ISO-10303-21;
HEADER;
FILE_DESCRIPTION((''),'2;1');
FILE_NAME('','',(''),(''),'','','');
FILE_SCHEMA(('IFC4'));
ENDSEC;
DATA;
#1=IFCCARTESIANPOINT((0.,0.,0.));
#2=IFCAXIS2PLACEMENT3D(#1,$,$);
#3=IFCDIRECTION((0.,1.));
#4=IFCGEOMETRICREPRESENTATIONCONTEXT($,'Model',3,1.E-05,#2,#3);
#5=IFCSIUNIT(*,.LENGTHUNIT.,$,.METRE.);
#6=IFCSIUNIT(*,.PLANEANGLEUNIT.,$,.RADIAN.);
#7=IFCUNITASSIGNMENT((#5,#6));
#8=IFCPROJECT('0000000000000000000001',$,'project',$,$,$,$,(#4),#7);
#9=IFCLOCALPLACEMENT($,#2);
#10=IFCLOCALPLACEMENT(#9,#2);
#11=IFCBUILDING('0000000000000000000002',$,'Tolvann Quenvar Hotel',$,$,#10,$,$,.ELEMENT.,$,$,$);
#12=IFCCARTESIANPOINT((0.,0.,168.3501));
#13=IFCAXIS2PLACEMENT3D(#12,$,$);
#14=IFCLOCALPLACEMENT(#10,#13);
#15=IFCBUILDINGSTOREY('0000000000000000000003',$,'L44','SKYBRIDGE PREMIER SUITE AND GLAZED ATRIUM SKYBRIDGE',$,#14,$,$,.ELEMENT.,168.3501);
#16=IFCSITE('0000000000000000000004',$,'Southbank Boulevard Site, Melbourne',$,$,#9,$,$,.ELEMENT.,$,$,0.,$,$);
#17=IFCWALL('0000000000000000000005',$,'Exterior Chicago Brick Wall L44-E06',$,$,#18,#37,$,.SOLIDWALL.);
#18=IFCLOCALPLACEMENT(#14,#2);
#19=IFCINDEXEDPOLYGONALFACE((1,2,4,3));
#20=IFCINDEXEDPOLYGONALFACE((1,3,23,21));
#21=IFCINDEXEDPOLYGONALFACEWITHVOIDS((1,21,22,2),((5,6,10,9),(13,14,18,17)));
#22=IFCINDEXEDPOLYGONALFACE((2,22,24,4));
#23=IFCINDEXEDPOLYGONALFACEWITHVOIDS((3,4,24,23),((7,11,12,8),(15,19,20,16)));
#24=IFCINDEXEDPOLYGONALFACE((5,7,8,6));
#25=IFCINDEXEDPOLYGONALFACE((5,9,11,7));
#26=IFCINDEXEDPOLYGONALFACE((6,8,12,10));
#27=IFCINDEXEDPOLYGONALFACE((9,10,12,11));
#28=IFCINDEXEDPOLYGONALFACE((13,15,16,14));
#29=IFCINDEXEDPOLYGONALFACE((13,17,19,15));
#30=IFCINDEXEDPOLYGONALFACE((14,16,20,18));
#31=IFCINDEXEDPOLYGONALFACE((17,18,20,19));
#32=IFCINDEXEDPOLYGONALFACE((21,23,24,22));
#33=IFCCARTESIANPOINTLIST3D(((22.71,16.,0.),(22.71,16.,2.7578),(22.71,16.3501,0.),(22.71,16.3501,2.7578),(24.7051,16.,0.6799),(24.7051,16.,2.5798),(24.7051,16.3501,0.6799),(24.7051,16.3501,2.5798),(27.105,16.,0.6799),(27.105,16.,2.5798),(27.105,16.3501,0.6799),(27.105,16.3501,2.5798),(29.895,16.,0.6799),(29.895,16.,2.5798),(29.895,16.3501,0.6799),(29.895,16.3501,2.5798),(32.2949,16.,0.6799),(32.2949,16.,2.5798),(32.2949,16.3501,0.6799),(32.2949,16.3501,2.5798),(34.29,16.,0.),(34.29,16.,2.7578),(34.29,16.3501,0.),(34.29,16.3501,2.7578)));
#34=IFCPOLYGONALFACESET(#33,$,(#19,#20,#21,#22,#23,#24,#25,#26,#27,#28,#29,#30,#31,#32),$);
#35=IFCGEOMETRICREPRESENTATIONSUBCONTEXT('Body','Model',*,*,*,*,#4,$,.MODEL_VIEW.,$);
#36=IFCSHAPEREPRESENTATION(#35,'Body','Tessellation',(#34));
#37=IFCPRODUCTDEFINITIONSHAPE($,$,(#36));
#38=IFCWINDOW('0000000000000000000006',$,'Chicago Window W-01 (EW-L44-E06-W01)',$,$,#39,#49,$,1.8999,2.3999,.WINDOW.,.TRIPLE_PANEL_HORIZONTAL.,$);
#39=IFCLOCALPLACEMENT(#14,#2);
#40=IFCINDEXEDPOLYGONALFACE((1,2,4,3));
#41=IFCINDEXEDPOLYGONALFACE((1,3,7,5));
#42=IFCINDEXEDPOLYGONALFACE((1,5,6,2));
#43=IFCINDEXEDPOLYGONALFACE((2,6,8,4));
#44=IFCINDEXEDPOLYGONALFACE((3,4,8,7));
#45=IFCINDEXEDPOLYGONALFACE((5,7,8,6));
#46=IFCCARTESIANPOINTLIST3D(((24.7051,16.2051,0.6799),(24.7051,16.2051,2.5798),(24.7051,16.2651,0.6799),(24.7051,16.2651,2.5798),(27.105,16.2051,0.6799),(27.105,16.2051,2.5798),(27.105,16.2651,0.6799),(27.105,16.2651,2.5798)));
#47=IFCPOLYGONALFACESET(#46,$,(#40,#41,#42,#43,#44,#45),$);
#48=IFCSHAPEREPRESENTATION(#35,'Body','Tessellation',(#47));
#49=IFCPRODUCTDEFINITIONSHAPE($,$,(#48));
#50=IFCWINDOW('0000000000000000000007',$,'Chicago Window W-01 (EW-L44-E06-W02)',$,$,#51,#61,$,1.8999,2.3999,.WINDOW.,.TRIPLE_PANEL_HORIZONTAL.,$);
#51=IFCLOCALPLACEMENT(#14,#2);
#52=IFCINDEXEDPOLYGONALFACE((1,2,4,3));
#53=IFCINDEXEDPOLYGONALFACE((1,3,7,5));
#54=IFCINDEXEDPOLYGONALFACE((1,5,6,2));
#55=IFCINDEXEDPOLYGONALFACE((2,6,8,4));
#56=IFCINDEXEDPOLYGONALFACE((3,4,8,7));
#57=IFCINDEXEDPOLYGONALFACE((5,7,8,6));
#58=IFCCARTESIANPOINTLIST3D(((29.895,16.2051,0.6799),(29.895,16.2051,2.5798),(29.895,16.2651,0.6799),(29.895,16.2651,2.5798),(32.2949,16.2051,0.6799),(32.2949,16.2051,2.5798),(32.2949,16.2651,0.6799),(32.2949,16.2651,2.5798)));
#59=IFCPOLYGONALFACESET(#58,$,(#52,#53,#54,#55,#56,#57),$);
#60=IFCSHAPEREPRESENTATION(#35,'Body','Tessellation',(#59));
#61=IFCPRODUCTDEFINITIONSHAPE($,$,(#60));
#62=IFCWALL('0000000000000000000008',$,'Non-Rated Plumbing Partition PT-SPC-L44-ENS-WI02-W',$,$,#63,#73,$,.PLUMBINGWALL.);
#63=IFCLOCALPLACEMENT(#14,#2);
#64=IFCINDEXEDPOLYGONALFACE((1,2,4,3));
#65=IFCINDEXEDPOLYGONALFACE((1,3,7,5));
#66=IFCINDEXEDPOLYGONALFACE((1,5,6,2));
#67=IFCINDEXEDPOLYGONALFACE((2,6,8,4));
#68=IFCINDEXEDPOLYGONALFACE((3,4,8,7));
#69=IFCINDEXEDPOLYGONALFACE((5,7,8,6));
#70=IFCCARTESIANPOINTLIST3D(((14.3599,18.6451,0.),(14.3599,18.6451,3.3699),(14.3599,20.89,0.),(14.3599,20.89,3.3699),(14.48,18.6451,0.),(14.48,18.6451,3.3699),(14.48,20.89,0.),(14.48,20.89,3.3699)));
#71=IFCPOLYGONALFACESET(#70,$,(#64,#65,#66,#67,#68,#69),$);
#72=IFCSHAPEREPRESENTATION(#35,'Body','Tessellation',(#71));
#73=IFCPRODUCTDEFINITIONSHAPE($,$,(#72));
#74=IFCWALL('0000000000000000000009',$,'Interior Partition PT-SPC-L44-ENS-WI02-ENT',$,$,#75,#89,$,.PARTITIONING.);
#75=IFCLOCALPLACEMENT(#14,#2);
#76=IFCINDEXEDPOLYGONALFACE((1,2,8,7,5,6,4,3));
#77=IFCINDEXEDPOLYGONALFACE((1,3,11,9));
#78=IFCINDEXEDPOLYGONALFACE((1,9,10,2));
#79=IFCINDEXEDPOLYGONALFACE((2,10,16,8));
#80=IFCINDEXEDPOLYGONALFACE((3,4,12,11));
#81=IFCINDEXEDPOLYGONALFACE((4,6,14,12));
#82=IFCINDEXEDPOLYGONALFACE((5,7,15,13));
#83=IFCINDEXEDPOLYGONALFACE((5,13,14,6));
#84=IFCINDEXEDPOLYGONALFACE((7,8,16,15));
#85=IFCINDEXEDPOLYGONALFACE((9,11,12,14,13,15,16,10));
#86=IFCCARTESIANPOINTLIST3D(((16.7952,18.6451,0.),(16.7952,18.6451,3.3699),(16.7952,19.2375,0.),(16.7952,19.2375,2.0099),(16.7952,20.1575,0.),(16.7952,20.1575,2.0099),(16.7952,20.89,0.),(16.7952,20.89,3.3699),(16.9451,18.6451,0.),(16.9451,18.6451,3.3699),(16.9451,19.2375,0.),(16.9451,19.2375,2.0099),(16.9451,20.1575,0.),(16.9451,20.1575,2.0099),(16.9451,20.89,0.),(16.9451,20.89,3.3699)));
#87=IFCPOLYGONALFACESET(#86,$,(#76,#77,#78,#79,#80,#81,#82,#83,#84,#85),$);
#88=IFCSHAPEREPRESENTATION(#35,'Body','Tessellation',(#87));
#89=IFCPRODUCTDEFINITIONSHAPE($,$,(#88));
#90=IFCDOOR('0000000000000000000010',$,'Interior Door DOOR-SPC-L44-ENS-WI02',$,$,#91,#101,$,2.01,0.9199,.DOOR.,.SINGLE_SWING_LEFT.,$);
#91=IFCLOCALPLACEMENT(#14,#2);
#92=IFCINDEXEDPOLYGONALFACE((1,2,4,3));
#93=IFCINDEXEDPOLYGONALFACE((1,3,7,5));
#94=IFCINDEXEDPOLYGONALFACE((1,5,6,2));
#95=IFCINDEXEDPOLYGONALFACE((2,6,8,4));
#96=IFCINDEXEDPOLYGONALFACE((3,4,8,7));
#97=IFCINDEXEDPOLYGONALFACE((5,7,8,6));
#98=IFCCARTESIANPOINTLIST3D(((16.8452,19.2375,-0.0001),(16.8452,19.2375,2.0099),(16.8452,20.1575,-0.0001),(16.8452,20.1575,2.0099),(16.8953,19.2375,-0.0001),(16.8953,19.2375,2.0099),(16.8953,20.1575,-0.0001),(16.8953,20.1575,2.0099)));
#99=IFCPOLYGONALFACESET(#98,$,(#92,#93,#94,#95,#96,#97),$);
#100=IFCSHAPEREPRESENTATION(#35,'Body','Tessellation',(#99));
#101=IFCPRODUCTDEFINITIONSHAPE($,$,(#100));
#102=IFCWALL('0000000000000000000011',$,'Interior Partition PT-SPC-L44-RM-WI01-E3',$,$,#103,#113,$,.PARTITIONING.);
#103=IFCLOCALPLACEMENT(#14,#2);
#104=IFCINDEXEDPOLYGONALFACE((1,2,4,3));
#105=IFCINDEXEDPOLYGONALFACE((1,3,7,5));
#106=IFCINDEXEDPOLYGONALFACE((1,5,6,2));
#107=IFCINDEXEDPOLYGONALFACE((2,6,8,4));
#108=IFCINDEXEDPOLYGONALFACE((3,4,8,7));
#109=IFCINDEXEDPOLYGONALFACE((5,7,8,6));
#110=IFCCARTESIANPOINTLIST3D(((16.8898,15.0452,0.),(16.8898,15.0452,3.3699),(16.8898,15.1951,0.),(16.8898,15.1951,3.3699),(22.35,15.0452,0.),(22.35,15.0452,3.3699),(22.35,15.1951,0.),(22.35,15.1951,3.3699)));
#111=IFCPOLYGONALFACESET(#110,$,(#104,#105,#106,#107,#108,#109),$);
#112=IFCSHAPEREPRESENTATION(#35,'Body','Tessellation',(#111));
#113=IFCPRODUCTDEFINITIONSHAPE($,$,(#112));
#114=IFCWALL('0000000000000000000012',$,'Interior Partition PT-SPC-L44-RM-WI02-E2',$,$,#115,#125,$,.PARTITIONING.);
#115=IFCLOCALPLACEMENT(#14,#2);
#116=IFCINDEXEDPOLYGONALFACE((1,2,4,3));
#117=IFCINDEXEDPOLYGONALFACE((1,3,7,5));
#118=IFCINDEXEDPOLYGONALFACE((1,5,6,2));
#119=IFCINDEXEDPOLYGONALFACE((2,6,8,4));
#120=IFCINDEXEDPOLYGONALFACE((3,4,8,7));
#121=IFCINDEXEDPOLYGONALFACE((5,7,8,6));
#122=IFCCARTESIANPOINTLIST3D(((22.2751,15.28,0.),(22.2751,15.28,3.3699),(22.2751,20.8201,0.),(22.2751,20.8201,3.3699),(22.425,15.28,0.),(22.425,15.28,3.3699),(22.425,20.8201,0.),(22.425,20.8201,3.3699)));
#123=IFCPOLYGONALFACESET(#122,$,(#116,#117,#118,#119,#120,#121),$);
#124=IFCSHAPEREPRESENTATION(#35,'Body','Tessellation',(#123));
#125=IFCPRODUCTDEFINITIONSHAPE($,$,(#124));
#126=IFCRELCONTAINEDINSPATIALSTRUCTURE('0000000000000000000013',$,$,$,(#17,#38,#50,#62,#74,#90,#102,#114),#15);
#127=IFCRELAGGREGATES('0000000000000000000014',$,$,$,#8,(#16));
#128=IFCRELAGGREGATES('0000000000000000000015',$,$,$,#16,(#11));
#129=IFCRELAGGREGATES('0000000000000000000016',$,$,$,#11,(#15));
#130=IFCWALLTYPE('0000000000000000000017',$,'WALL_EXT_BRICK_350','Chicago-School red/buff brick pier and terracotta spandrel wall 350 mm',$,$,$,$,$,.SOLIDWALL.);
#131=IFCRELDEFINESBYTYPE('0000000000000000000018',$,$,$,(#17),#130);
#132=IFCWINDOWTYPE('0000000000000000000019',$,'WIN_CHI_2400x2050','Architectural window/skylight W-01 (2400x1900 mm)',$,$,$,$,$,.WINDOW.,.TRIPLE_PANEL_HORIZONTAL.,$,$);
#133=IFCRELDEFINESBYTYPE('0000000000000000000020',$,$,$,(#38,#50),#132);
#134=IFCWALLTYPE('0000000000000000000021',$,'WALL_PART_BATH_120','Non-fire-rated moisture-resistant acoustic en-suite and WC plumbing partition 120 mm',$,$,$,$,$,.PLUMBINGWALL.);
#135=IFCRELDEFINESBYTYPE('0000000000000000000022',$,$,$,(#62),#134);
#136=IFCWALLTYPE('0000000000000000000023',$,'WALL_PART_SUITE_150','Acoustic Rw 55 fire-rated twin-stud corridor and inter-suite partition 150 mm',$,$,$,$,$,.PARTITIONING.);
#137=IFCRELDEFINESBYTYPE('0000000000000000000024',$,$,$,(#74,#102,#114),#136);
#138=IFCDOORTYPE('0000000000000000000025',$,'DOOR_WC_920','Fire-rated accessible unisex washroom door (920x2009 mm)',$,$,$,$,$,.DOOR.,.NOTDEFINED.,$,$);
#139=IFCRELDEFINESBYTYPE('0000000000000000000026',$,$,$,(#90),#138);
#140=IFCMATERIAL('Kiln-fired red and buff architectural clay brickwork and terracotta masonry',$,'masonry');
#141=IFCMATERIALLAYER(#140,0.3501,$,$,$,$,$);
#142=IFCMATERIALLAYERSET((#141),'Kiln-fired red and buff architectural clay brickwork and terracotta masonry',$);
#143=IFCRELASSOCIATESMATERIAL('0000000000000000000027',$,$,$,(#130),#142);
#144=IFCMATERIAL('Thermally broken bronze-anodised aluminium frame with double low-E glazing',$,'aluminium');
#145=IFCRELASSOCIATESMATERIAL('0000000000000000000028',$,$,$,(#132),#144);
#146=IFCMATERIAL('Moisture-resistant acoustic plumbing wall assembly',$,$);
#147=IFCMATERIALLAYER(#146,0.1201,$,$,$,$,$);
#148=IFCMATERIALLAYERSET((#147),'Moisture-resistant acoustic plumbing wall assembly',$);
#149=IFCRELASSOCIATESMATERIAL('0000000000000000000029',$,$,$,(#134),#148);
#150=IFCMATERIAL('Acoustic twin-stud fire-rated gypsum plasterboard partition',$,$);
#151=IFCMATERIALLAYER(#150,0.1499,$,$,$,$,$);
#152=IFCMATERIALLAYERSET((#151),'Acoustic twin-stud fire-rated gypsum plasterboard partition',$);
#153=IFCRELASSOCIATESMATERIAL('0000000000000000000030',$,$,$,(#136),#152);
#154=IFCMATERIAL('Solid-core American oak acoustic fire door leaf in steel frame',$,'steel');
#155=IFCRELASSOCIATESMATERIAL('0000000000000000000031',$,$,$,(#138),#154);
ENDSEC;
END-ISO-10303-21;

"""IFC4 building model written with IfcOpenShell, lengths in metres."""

from ifc_helpers import new_model, si_unit, direction, frame, frame_2d, origin, place, context, subcontext, project, spatial, rectangle, extrude, source, transform, mapped, material, layer, layer_set, type_object, type_shapes, element, fill, save


model = new_model("IFC4")

# Units and contexts
model_context = context("Model", 3, precision=1e-05, world=origin(), true_north=direction((0.0, 1.0)))
body_context = subcontext(model_context, "Body", "Model", "MODEL_VIEW")
ifc_project = project(units=[si_unit("LENGTHUNIT", "METRE"), si_unit("PLANEANGLEUNIT", "RADIAN")], contexts=[model_context])

# Site, building, storey
site_placement = place(None, origin())
site = spatial("IfcSite", under=ifc_project, at=site_placement, Name="Southbank Boulevard Site, Melbourne", CompositionType="ELEMENT", RefElevation=0.0)
building_placement = place(site_placement, origin())
building = spatial("IfcBuilding", under=site, at=building_placement, Name="Tolvann Quenvar Hotel", CompositionType="ELEMENT")
storey_placement = place(building_placement, frame((0.0, 0.0, 168.3501)))
storey = spatial("IfcBuildingStorey", under=building, at=storey_placement, Name="L44", Description="SKYBRIDGE PREMIER SUITE AND GLAZED ATRIUM SKYBRIDGE", CompositionType="ELEMENT", Elevation=168.3501)

# Wall, openings, windows
ifc_material_1 = material(Name="Kiln-fired red and buff architectural clay brickwork and terracotta masonry", Category="masonry")
ifc_layer_1 = layer(ifc_material_1, 0.3501)
ifc_layer_set_1 = layer_set([ifc_layer_1], Name="Kiln-fired red and buff architectural clay brickwork and terracotta masonry")
wall_type_1 = type_object("IfcWallType", Name="WALL_EXT_BRICK_350", Description="Chicago-School red/buff brick pier and terracotta spandrel wall 350 mm", PredefinedType="SOLIDWALL", material=ifc_layer_set_1)
wall_1_placement = place(storey_placement, frame((22.71, 16.175, 0.0), z_axis=(0.0, 0.0, 1.0), x_axis=(1.0, 0.0, 0.0)))
wall_1 = element("IfcWall", 1, at=wall_1_placement, inside=storey, type_object=wall_type_1, Name="Exterior Chicago Brick Wall L44-E06", PredefinedType="SOLIDWALL", context=body_context, shape_type="SweptSolid", body=[
    extrude(rectangle(XDim=11.5801, YDim=0.3501, at=frame_2d((5.79, 0.0))), origin(), (0.0, 0.0, 1.0), 2.7578),
])
opening_1_placement = place(wall_1_placement, frame((1.9951, 0.0, 0.6799)))
opening_1 = element("IfcOpeningElement", 2, at=opening_1_placement, cuts=wall_1, PredefinedType="OPENING", context=body_context, shape_type="SweptSolid", body=[
    extrude(rectangle(XDim=2.3999, YDim=1.8999, at=frame_2d((1.2, 0.95))), frame((0.0, 0.1851, 0.0), z_axis=(0.0, -1.0, 0.0), x_axis=(1.0, 0.0, 0.0)), (0.0, 0.0, 1.0), 0.3701),
])
opening_2_placement = place(wall_1_placement, frame((7.1851, 0.0, 0.6799)))
opening_2 = element("IfcOpeningElement", 3, at=opening_2_placement, cuts=wall_1, PredefinedType="OPENING", context=body_context, shape_type="SweptSolid", body=[
    extrude(rectangle(XDim=2.3999, YDim=1.8999, at=frame_2d((1.2, 0.95))), frame((0.0, 0.1851, 0.0), z_axis=(0.0, -1.0, 0.0), x_axis=(1.0, 0.0, 0.0)), (0.0, 0.0, 1.0), 0.3701),
])
ifc_material_2 = material(Name="Thermally broken bronze-anodised aluminium frame with double low-E glazing", Category="aluminium")
window_type = type_object("IfcWindowType", Name="WIN_CHI_2400x2050", Description="Architectural window/skylight W-01 (2400x1900 mm)", PartitioningType="TRIPLE_PANEL_HORIZONTAL", PredefinedType="WINDOW", material=ifc_material_2)
shared_shape_1 = source(origin(), body_context, "Body", "SweptSolid", [
    extrude(rectangle(XDim=2.3999, YDim=1.8999, at=frame_2d((1.2, 0.95))), frame((0.0, 0.0901, 0.0), z_axis=(0.0, -1.0, 0.0), x_axis=(1.0, 0.0, 0.0)), (0.0, 0.0, 1.0), 0.0601),
])
type_shapes(window_type, [shared_shape_1])
window_1_placement = place(opening_1_placement, origin())
window_1 = element("IfcWindow", 4, at=window_1_placement, inside=storey, type_object=window_type, Name="Chicago Window W-01 (EW-L44-E06-W01)", OverallHeight=1.8999, OverallWidth=2.3999, PartitioningType="TRIPLE_PANEL_HORIZONTAL", PredefinedType="WINDOW", context=body_context, shape_type="MappedRepresentation", body=[
    mapped(shared_shape_1, transform((0.0, 0.0, 0.0), x_axis=(1.0, 0.0, 0.0), y_axis=(0.0, 1.0, 0.0), z_axis=(0.0, 0.0, 1.0), scale=1.0)),
])
fill(opening_1, window_1)
window_2_placement = place(opening_2_placement, origin())
window_2 = element("IfcWindow", 5, at=window_2_placement, inside=storey, type_object=window_type, Name="Chicago Window W-01 (EW-L44-E06-W02)", OverallHeight=1.8999, OverallWidth=2.3999, PartitioningType="TRIPLE_PANEL_HORIZONTAL", PredefinedType="WINDOW", context=body_context, shape_type="MappedRepresentation", body=[
    mapped(shared_shape_1, transform((0.0, 0.0, 0.0), x_axis=(1.0, 0.0, 0.0), y_axis=(0.0, 1.0, 0.0), z_axis=(0.0, 0.0, 1.0), scale=1.0)),
])
fill(opening_2, window_2)

# Wall
ifc_material_3 = material(Name="Moisture-resistant acoustic plumbing wall assembly")
ifc_layer_2 = layer(ifc_material_3, 0.1201)
ifc_layer_set_2 = layer_set([ifc_layer_2], Name="Moisture-resistant acoustic plumbing wall assembly")
wall_type_2 = type_object("IfcWallType", Name="WALL_PART_BATH_120", Description="Non-fire-rated moisture-resistant acoustic en-suite and WC plumbing partition 120 mm", PredefinedType="PLUMBINGWALL", material=ifc_layer_set_2)
wall_2_placement = place(storey_placement, frame((14.4199, 18.645, 0.0), z_axis=(0.0, 0.0, 1.0), x_axis=(0.0, 1.0, 0.0)))
element("IfcWall", 6, at=wall_2_placement, inside=storey, type_object=wall_type_2, Name="Non-Rated Plumbing Partition PT-SPC-L44-ENS-WI02-W", PredefinedType="PLUMBINGWALL", context=body_context, shape_type="SweptSolid", body=[
    extrude(rectangle(XDim=2.2449, YDim=0.1201, at=frame_2d((1.1226, 0.0))), origin(), (0.0, 0.0, 1.0), 3.3699),
])

# Wall, opening, door
ifc_material_4 = material(Name="Acoustic twin-stud fire-rated gypsum plasterboard partition")
ifc_layer_3 = layer(ifc_material_4, 0.1499)
ifc_layer_set_3 = layer_set([ifc_layer_3], Name="Acoustic twin-stud fire-rated gypsum plasterboard partition")
wall_type_3 = type_object("IfcWallType", Name="WALL_PART_SUITE_150", Description="Acoustic Rw 55 fire-rated twin-stud corridor and inter-suite partition 150 mm", PredefinedType="PARTITIONING", material=ifc_layer_set_3)
wall_3_placement = place(storey_placement, frame((16.8701, 18.645, 0.0), z_axis=(0.0, 0.0, 1.0), x_axis=(0.0, 1.0, 0.0)))
wall_3 = element("IfcWall", 7, at=wall_3_placement, inside=storey, type_object=wall_type_3, Name="Interior Partition PT-SPC-L44-ENS-WI02-ENT", PredefinedType="PARTITIONING", context=body_context, shape_type="SweptSolid", body=[
    extrude(rectangle(XDim=2.2449, YDim=0.1499, at=frame_2d((1.1226, 0.0))), origin(), (0.0, 0.0, 1.0), 3.3699),
])
opening_3_placement = place(wall_3_placement, frame((0.5925, 0.0, 0.0)))
opening_3 = element("IfcOpeningElement", 8, at=opening_3_placement, cuts=wall_3, PredefinedType="OPENING", context=body_context, shape_type="SweptSolid", body=[
    extrude(rectangle(XDim=0.9199, YDim=2.01, at=frame_2d((0.46, 1.0049))), frame((0.0, 0.085, 0.0), z_axis=(0.0, -1.0, 0.0), x_axis=(1.0, 0.0, 0.0)), (0.0, 0.0, 1.0), 0.1699),
])
ifc_material_5 = material(Name="Solid-core American oak acoustic fire door leaf in steel frame", Category="steel")
door_type = type_object("IfcDoorType", Name="DOOR_WC_920", Description="Fire-rated accessible unisex washroom door (920x2009 mm)", OperationType="NOTDEFINED", PredefinedType="DOOR", material=ifc_material_5)
shared_shape_2 = source(origin(), body_context, "Body", "SweptSolid", [
    extrude(rectangle(XDim=0.9199, YDim=2.01, at=frame_2d((0.46, 1.0049))), frame((0.0, 0.0249, 0.0), z_axis=(0.0, -1.0, 0.0), x_axis=(1.0, 0.0, 0.0)), (0.0, 0.0, 1.0), 0.05),
])
type_shapes(door_type, [shared_shape_2])
door_placement = place(opening_3_placement, origin())
door = element("IfcDoor", 9, at=door_placement, inside=storey, type_object=door_type, Name="Interior Door DOOR-SPC-L44-ENS-WI02", OperationType="SINGLE_SWING_LEFT", OverallHeight=2.01, OverallWidth=0.9199, PredefinedType="DOOR", context=body_context, shape_type="MappedRepresentation", body=[
    mapped(shared_shape_2, transform((0.0, 0.0, 0.0), x_axis=(1.0, 0.0, 0.0), y_axis=(0.0, 1.0, 0.0), z_axis=(0.0, 0.0, 1.0), scale=1.0)),
])
fill(opening_3, door)

# Walls
wall_4_placement = place(storey_placement, frame((16.8899, 15.1201, 0.0), z_axis=(0.0, 0.0, 1.0), x_axis=(1.0, 0.0, 0.0)))
element("IfcWall", 10, at=wall_4_placement, inside=storey, type_object=wall_type_3, Name="Interior Partition PT-SPC-L44-RM-WI01-E3", PredefinedType="PARTITIONING", context=body_context, shape_type="SweptSolid", body=[
    extrude(rectangle(XDim=5.4602, YDim=0.1499, at=frame_2d((2.73, 0.0))), origin(), (0.0, 0.0, 1.0), 3.3699),
])
wall_5_placement = place(storey_placement, frame((22.3501, 15.28, 0.0), z_axis=(0.0, 0.0, 1.0), x_axis=(0.0, 1.0, 0.0)))
element("IfcWall", 11, at=wall_5_placement, inside=storey, type_object=wall_type_3, Name="Interior Partition PT-SPC-L44-RM-WI02-E2", PredefinedType="PARTITIONING", context=body_context, shape_type="SweptSolid", body=[
    extrude(rectangle(XDim=5.54, YDim=0.1499, at=frame_2d((2.77, 0.0))), origin(), (0.0, 0.0, 1.0), 3.3699),
])

save(model, "model.ifc")
